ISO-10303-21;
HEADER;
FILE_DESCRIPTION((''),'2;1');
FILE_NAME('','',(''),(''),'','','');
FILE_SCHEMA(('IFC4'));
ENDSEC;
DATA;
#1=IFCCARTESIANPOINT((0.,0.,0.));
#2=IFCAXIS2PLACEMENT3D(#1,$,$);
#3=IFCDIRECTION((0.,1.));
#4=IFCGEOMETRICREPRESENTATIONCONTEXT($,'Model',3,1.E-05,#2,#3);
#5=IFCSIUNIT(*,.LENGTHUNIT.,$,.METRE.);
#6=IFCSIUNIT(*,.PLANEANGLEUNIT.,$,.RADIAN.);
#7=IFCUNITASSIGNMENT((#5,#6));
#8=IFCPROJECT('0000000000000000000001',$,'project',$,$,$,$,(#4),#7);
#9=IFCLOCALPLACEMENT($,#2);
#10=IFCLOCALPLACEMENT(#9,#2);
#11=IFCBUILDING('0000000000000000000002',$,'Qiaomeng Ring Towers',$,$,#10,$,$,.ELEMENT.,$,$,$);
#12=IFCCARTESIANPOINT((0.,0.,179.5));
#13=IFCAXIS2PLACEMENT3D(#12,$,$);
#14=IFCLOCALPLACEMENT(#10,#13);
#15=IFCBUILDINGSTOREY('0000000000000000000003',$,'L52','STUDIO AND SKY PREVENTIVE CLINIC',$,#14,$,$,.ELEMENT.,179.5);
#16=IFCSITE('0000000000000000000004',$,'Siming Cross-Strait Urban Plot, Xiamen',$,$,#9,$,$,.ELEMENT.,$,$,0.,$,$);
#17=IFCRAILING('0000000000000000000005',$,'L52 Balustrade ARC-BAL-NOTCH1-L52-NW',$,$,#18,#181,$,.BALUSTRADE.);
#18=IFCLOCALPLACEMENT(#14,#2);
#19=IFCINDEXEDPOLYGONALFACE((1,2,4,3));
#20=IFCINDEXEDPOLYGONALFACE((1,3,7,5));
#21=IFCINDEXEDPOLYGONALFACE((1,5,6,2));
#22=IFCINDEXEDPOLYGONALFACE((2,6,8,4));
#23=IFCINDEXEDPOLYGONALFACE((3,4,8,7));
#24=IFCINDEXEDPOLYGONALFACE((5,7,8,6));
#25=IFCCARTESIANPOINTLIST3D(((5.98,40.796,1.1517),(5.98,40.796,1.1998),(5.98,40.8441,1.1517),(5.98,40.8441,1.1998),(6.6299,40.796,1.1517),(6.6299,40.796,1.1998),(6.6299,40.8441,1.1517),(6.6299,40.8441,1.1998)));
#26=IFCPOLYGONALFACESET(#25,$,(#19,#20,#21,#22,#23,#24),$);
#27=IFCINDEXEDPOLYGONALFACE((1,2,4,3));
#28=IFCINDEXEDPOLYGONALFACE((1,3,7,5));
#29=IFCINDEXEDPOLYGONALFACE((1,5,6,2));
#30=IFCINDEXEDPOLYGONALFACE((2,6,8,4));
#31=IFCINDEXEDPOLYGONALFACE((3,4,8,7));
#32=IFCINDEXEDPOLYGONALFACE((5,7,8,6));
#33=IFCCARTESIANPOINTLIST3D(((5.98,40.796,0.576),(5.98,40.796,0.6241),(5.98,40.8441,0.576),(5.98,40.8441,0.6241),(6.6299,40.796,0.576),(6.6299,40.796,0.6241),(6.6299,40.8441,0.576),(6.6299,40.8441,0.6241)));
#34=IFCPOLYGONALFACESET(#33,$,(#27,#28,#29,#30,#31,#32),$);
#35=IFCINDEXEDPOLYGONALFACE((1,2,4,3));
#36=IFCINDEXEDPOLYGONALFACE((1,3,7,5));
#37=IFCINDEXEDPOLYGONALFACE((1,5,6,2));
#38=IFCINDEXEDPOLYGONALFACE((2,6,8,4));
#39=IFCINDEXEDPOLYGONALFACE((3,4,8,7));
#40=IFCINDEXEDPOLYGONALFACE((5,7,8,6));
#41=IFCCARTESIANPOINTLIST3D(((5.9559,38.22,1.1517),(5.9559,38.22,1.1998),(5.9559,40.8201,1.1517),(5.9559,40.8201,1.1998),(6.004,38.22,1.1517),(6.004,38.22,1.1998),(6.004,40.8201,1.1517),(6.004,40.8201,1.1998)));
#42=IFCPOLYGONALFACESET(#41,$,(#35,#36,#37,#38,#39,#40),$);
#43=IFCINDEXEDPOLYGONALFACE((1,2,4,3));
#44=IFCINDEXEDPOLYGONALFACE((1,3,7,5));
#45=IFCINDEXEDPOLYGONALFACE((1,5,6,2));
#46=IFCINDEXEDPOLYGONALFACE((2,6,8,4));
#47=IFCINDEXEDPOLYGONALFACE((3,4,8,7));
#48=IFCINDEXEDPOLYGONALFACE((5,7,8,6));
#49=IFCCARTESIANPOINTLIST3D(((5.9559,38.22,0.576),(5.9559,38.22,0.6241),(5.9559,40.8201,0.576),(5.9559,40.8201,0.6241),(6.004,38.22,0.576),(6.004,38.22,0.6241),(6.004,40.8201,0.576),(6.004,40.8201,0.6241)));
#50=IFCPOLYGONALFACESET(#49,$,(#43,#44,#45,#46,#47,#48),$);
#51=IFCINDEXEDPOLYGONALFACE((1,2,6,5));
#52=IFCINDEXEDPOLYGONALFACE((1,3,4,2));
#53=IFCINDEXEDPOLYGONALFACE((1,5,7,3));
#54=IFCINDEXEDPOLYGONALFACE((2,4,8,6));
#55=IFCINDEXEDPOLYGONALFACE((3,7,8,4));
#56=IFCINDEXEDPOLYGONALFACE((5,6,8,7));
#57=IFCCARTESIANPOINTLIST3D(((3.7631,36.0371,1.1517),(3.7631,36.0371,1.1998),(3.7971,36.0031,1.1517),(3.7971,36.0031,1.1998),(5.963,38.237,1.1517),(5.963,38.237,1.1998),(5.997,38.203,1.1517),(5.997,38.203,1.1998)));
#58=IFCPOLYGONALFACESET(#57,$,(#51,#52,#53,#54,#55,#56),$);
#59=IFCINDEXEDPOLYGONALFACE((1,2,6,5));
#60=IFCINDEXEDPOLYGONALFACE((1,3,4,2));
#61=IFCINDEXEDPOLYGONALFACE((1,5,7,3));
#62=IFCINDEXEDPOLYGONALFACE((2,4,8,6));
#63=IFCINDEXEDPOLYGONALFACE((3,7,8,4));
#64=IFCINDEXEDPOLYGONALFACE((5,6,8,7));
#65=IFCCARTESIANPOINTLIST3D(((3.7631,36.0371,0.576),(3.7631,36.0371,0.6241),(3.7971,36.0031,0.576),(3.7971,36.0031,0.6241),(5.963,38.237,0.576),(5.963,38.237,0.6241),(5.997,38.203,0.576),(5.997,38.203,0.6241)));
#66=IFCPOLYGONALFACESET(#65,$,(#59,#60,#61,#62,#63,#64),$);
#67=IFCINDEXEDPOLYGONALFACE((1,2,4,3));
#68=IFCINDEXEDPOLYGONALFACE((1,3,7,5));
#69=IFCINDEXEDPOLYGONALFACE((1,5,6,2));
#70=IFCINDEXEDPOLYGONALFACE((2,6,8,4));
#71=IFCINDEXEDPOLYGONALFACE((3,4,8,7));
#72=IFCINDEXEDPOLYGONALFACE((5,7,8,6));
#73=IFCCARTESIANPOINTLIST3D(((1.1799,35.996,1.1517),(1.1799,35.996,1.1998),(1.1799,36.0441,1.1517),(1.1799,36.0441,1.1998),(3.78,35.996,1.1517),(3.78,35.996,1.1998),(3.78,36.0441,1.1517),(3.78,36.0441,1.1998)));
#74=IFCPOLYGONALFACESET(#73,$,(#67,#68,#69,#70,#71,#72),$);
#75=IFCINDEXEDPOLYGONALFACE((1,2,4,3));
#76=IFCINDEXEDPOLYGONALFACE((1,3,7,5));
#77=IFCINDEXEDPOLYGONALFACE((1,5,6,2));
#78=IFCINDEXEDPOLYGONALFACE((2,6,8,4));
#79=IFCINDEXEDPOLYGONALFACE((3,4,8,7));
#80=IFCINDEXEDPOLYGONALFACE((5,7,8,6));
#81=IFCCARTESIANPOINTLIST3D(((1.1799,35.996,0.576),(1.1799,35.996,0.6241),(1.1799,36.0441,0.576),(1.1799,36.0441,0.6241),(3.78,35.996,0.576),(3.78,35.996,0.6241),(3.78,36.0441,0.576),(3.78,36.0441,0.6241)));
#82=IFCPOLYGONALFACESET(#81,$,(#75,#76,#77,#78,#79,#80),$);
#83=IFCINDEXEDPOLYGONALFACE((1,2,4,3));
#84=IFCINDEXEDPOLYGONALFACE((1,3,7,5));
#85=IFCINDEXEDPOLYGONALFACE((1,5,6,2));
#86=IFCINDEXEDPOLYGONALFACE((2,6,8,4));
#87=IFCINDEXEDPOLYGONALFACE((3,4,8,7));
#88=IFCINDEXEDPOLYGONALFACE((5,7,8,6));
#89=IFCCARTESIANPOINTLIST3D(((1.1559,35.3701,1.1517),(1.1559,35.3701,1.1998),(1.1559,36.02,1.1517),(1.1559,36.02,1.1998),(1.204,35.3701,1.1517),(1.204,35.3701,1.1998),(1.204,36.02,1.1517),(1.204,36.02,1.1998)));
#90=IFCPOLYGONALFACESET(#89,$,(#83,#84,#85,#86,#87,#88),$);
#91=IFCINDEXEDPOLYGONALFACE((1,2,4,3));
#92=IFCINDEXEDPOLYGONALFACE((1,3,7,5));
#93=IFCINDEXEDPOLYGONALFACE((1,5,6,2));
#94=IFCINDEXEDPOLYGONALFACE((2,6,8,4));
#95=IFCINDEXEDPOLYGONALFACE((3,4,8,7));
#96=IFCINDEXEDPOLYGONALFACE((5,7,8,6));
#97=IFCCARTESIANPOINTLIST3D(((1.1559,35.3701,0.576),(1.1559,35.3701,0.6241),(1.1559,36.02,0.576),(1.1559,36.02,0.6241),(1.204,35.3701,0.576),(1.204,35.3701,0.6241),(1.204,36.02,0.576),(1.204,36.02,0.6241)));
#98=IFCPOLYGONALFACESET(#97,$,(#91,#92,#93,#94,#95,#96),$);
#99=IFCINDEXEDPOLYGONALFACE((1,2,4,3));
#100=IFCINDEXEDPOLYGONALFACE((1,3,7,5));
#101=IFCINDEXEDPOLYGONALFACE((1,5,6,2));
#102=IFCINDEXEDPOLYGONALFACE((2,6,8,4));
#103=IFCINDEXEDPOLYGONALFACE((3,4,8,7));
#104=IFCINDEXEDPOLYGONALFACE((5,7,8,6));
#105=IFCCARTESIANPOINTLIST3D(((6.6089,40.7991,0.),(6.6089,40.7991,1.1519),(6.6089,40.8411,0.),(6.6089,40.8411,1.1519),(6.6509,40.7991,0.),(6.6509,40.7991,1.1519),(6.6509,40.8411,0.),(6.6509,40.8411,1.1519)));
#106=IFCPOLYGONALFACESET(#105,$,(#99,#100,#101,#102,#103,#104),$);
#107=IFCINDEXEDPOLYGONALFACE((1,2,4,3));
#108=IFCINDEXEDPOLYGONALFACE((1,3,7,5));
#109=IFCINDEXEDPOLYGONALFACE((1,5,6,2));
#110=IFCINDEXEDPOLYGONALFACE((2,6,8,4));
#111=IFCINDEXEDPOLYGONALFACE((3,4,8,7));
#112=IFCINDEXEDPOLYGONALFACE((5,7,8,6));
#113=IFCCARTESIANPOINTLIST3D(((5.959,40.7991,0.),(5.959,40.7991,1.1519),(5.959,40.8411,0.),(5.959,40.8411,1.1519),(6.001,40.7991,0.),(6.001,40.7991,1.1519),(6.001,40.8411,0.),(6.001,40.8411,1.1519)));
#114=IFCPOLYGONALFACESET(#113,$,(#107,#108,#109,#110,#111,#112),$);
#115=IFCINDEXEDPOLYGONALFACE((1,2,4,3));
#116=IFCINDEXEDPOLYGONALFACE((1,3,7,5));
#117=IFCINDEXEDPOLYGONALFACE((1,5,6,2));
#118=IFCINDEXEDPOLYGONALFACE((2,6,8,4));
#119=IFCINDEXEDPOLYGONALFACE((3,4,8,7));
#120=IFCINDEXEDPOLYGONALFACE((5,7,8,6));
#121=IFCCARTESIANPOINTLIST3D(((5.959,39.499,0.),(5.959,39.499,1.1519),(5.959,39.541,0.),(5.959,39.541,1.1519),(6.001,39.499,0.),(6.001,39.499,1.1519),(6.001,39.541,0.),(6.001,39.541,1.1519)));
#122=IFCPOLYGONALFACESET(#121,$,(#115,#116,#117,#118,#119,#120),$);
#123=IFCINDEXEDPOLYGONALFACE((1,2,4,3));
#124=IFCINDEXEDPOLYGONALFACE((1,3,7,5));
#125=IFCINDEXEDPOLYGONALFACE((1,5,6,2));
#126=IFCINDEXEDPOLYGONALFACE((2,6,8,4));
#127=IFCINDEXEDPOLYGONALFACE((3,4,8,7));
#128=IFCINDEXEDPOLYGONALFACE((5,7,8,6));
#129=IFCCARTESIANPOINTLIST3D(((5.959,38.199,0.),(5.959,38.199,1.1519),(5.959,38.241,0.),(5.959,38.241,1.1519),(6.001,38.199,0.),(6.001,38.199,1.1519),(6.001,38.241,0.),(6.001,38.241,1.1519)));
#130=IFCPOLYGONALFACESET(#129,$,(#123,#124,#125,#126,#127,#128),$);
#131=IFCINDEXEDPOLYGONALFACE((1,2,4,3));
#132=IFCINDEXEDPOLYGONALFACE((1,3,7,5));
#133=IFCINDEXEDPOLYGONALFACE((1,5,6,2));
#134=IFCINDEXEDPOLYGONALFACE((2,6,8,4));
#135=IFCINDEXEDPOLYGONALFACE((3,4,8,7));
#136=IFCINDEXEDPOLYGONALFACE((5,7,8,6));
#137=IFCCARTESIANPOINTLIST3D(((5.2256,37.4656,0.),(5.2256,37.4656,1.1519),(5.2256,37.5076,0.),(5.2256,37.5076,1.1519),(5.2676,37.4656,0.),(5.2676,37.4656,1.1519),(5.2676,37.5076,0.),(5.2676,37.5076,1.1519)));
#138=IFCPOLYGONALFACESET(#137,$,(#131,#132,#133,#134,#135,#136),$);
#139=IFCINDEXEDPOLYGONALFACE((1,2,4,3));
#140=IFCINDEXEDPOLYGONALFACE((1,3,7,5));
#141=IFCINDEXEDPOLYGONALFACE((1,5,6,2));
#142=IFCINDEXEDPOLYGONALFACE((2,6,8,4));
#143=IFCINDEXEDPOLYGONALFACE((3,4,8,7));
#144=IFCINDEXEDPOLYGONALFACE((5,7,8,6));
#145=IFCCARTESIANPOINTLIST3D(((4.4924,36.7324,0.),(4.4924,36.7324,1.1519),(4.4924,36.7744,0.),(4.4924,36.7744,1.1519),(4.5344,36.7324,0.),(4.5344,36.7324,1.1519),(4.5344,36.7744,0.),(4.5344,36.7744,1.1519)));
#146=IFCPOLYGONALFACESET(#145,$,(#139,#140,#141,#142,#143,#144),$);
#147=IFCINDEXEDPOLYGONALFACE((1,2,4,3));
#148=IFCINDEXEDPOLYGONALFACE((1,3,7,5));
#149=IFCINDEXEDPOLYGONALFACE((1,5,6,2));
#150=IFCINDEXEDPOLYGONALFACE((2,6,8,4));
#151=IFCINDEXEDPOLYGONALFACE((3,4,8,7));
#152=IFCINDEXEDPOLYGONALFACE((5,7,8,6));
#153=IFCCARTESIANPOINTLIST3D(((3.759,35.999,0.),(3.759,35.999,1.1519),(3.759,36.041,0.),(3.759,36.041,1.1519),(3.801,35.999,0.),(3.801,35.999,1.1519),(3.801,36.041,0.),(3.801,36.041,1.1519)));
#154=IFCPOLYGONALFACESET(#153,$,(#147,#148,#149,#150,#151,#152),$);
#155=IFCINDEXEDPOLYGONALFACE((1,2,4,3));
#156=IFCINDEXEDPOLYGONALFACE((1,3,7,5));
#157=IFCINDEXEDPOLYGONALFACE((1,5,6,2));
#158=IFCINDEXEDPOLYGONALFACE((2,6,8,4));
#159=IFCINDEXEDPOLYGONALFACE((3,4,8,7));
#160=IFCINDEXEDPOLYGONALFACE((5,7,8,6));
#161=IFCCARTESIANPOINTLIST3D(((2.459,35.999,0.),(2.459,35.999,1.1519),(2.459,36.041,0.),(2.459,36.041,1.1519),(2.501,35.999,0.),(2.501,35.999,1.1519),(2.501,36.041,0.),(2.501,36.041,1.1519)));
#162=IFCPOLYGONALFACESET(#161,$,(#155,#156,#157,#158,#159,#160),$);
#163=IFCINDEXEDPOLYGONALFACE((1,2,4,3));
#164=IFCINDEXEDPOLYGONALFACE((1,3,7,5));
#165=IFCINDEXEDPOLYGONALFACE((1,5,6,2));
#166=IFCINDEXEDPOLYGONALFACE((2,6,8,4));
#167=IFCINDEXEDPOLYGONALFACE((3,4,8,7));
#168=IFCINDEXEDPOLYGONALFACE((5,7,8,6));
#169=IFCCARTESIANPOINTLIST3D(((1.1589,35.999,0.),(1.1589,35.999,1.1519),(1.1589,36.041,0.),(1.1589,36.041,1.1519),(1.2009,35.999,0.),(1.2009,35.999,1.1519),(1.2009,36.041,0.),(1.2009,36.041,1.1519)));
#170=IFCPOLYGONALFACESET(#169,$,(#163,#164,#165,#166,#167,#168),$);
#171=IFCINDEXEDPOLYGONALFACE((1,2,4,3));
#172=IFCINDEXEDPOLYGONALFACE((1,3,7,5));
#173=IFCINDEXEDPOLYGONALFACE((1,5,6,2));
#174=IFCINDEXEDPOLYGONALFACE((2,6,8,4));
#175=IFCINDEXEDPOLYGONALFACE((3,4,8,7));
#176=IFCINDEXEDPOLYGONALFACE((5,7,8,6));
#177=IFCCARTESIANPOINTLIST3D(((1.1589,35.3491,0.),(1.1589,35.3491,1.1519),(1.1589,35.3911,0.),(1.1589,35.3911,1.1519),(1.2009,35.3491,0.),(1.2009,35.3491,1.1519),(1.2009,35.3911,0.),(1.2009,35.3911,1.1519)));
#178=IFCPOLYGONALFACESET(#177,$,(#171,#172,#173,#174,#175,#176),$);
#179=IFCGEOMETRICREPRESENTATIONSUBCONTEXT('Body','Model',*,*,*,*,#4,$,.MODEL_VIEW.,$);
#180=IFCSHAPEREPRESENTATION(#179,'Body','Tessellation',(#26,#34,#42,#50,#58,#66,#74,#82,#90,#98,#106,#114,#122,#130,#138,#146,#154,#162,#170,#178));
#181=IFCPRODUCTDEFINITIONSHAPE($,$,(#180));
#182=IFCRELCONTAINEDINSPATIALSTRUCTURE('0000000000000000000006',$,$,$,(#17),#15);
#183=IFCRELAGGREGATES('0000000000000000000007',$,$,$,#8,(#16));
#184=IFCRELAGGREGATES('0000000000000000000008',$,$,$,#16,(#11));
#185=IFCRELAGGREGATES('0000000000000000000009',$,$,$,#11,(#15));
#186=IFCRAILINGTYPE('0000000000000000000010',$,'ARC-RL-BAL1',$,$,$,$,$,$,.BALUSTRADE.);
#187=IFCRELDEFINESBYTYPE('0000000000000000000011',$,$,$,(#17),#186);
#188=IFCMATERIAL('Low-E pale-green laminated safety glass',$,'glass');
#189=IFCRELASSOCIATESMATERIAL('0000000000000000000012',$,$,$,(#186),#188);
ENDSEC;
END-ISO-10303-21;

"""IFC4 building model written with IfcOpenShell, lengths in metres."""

from ifc_helpers import new_model, si_unit, direction, frame, origin, origin_2d, place, context, subcontext, project, spatial, rectangle, extrude, material, type_object, element, save


model = new_model("IFC4")

# Units and contexts
model_context = context("Model", 3, precision=1e-05, world=origin(), true_north=direction((0.0, 1.0)))
body_context = subcontext(model_context, "Body", "Model", "MODEL_VIEW")
ifc_project = project(units=[si_unit("LENGTHUNIT", "METRE"), si_unit("PLANEANGLEUNIT", "RADIAN")], contexts=[model_context])

# Site, building, storey
site_placement = place(None, origin())
site = spatial("IfcSite", under=ifc_project, at=site_placement, Name="Siming Cross-Strait Urban Plot, Xiamen", CompositionType="ELEMENT", RefElevation=0.0)
building_placement = place(site_placement, origin())
building = spatial("IfcBuilding", under=site, at=building_placement, Name="Qiaomeng Ring Towers", CompositionType="ELEMENT")
storey_placement = place(building_placement, frame((0.0, 0.0, 179.5)))
storey = spatial("IfcBuildingStorey", under=building, at=storey_placement, Name="L52", Description="STUDIO AND SKY PREVENTIVE CLINIC", CompositionType="ELEMENT", Elevation=179.5)

# Railing
ifc_material_1 = material(Name="Low-E pale-green laminated safety glass", Category="glass")
railing_type = type_object("IfcRailingType", Name="ARC-RL-BAL1", PredefinedType="BALUSTRADE", material=ifc_material_1)
railing_placement = place(storey_placement, frame((6.6299, 40.8201, 0.0)))
element("IfcRailing", 1, at=railing_placement, inside=storey, type_object=railing_type, Name="L52 Balustrade ARC-BAL-NOTCH1-L52-NW", PredefinedType="BALUSTRADE", context=body_context, shape_type="SweptSolid", body=[
    extrude(rectangle(XDim=0.0481, YDim=0.0481, at=origin_2d()), frame((0.0, 0.0, 1.1758), z_axis=(-1.0, 0.0, 0.0), x_axis=(0.0, -1.0, 0.0)), (0.0, 0.0, 1.0), 0.6499),
    extrude(rectangle(XDim=0.0481, YDim=0.0481, at=origin_2d()), frame((0.0, 0.0, 0.6001), z_axis=(-1.0, 0.0, 0.0), x_axis=(0.0, -1.0, 0.0)), (0.0, 0.0, 1.0), 0.6499),
    extrude(rectangle(XDim=0.0481, YDim=0.0481, at=origin_2d()), frame((-0.6499, 0.0, 1.1758), z_axis=(0.0, -1.0, 0.0), x_axis=(1.0, 0.0, 0.0)), (0.0, 0.0, 1.0), 2.6001),
    extrude(rectangle(XDim=0.0481, YDim=0.0481, at=origin_2d()), frame((-0.6499, 0.0, 0.6001), z_axis=(0.0, -1.0, 0.0), x_axis=(1.0, 0.0, 0.0)), (0.0, 0.0, 1.0), 2.6001),
    extrude(rectangle(XDim=0.0481, YDim=0.0481, at=origin_2d()), frame((-0.6499, -2.6001, 1.1758), z_axis=(-0.707107, -0.707107, 0.0), x_axis=(0.707107, -0.707107, 0.0)), (0.0, 0.0, 1.0), 3.1111),
    extrude(rectangle(XDim=0.0481, YDim=0.0481, at=origin_2d()), frame((-0.6499, -2.6001, 0.6001), z_axis=(-0.707107, -0.707107, 0.0), x_axis=(0.707107, -0.707107, 0.0)), (0.0, 0.0, 1.0), 3.1111),
    extrude(rectangle(XDim=0.0481, YDim=0.0481, at=origin_2d()), frame((-2.8499, -4.8, 1.1758), z_axis=(-1.0, 0.0, 0.0), x_axis=(0.0, -1.0, 0.0)), (0.0, 0.0, 1.0), 2.6001),
    extrude(rectangle(XDim=0.0481, YDim=0.0481, at=origin_2d()), frame((-2.8499, -4.8, 0.6001), z_axis=(-1.0, 0.0, 0.0), x_axis=(0.0, -1.0, 0.0)), (0.0, 0.0, 1.0), 2.6001),
    extrude(rectangle(XDim=0.0481, YDim=0.0481, at=origin_2d()), frame((-5.45, -4.8, 1.1758), z_axis=(0.0, -1.0, 0.0), x_axis=(1.0, 0.0, 0.0)), (0.0, 0.0, 1.0), 0.6499),
    extrude(rectangle(XDim=0.0481, YDim=0.0481, at=origin_2d()), frame((-5.45, -4.8, 0.6001), z_axis=(0.0, -1.0, 0.0), x_axis=(1.0, 0.0, 0.0)), (0.0, 0.0, 1.0), 0.6499),
    extrude(rectangle(XDim=0.042, YDim=0.042, at=origin_2d()), origin(), (0.0, 0.0, 1.0), 1.1519),
    extrude(rectangle(XDim=0.042, YDim=0.042, at=origin_2d()), frame((-0.6499, 0.0, 0.0)), (0.0, 0.0, 1.0), 1.1519),
    extrude(rectangle(XDim=0.042, YDim=0.042, at=origin_2d()), frame((-0.6499, -1.3, 0.0)), (0.0, 0.0, 1.0), 1.1519),
    extrude(rectangle(XDim=0.042, YDim=0.042, at=origin_2d()), frame((-0.6499, -2.6001, 0.0)), (0.0, 0.0, 1.0), 1.1519),
    extrude(rectangle(XDim=0.042, YDim=0.042, at=origin_2d()), frame((-1.3833, -3.3335, 0.0)), (0.0, 0.0, 1.0), 1.1519),
    extrude(rectangle(XDim=0.042, YDim=0.042, at=origin_2d()), frame((-2.1165, -4.0667, 0.0)), (0.0, 0.0, 1.0), 1.1519),
    extrude(rectangle(XDim=0.042, YDim=0.042, at=origin_2d()), frame((-2.8499, -4.8, 0.0)), (0.0, 0.0, 1.0), 1.1519),
    extrude(rectangle(XDim=0.042, YDim=0.042, at=origin_2d()), frame((-4.1499, -4.8, 0.0)), (0.0, 0.0, 1.0), 1.1519),
    extrude(rectangle(XDim=0.042, YDim=0.042, at=origin_2d()), frame((-5.45, -4.8, 0.0)), (0.0, 0.0, 1.0), 1.1519),
    extrude(rectangle(XDim=0.042, YDim=0.042, at=origin_2d()), frame((-5.45, -5.45, 0.0)), (0.0, 0.0, 1.0), 1.1519),
])

save(model, "model.ifc")
